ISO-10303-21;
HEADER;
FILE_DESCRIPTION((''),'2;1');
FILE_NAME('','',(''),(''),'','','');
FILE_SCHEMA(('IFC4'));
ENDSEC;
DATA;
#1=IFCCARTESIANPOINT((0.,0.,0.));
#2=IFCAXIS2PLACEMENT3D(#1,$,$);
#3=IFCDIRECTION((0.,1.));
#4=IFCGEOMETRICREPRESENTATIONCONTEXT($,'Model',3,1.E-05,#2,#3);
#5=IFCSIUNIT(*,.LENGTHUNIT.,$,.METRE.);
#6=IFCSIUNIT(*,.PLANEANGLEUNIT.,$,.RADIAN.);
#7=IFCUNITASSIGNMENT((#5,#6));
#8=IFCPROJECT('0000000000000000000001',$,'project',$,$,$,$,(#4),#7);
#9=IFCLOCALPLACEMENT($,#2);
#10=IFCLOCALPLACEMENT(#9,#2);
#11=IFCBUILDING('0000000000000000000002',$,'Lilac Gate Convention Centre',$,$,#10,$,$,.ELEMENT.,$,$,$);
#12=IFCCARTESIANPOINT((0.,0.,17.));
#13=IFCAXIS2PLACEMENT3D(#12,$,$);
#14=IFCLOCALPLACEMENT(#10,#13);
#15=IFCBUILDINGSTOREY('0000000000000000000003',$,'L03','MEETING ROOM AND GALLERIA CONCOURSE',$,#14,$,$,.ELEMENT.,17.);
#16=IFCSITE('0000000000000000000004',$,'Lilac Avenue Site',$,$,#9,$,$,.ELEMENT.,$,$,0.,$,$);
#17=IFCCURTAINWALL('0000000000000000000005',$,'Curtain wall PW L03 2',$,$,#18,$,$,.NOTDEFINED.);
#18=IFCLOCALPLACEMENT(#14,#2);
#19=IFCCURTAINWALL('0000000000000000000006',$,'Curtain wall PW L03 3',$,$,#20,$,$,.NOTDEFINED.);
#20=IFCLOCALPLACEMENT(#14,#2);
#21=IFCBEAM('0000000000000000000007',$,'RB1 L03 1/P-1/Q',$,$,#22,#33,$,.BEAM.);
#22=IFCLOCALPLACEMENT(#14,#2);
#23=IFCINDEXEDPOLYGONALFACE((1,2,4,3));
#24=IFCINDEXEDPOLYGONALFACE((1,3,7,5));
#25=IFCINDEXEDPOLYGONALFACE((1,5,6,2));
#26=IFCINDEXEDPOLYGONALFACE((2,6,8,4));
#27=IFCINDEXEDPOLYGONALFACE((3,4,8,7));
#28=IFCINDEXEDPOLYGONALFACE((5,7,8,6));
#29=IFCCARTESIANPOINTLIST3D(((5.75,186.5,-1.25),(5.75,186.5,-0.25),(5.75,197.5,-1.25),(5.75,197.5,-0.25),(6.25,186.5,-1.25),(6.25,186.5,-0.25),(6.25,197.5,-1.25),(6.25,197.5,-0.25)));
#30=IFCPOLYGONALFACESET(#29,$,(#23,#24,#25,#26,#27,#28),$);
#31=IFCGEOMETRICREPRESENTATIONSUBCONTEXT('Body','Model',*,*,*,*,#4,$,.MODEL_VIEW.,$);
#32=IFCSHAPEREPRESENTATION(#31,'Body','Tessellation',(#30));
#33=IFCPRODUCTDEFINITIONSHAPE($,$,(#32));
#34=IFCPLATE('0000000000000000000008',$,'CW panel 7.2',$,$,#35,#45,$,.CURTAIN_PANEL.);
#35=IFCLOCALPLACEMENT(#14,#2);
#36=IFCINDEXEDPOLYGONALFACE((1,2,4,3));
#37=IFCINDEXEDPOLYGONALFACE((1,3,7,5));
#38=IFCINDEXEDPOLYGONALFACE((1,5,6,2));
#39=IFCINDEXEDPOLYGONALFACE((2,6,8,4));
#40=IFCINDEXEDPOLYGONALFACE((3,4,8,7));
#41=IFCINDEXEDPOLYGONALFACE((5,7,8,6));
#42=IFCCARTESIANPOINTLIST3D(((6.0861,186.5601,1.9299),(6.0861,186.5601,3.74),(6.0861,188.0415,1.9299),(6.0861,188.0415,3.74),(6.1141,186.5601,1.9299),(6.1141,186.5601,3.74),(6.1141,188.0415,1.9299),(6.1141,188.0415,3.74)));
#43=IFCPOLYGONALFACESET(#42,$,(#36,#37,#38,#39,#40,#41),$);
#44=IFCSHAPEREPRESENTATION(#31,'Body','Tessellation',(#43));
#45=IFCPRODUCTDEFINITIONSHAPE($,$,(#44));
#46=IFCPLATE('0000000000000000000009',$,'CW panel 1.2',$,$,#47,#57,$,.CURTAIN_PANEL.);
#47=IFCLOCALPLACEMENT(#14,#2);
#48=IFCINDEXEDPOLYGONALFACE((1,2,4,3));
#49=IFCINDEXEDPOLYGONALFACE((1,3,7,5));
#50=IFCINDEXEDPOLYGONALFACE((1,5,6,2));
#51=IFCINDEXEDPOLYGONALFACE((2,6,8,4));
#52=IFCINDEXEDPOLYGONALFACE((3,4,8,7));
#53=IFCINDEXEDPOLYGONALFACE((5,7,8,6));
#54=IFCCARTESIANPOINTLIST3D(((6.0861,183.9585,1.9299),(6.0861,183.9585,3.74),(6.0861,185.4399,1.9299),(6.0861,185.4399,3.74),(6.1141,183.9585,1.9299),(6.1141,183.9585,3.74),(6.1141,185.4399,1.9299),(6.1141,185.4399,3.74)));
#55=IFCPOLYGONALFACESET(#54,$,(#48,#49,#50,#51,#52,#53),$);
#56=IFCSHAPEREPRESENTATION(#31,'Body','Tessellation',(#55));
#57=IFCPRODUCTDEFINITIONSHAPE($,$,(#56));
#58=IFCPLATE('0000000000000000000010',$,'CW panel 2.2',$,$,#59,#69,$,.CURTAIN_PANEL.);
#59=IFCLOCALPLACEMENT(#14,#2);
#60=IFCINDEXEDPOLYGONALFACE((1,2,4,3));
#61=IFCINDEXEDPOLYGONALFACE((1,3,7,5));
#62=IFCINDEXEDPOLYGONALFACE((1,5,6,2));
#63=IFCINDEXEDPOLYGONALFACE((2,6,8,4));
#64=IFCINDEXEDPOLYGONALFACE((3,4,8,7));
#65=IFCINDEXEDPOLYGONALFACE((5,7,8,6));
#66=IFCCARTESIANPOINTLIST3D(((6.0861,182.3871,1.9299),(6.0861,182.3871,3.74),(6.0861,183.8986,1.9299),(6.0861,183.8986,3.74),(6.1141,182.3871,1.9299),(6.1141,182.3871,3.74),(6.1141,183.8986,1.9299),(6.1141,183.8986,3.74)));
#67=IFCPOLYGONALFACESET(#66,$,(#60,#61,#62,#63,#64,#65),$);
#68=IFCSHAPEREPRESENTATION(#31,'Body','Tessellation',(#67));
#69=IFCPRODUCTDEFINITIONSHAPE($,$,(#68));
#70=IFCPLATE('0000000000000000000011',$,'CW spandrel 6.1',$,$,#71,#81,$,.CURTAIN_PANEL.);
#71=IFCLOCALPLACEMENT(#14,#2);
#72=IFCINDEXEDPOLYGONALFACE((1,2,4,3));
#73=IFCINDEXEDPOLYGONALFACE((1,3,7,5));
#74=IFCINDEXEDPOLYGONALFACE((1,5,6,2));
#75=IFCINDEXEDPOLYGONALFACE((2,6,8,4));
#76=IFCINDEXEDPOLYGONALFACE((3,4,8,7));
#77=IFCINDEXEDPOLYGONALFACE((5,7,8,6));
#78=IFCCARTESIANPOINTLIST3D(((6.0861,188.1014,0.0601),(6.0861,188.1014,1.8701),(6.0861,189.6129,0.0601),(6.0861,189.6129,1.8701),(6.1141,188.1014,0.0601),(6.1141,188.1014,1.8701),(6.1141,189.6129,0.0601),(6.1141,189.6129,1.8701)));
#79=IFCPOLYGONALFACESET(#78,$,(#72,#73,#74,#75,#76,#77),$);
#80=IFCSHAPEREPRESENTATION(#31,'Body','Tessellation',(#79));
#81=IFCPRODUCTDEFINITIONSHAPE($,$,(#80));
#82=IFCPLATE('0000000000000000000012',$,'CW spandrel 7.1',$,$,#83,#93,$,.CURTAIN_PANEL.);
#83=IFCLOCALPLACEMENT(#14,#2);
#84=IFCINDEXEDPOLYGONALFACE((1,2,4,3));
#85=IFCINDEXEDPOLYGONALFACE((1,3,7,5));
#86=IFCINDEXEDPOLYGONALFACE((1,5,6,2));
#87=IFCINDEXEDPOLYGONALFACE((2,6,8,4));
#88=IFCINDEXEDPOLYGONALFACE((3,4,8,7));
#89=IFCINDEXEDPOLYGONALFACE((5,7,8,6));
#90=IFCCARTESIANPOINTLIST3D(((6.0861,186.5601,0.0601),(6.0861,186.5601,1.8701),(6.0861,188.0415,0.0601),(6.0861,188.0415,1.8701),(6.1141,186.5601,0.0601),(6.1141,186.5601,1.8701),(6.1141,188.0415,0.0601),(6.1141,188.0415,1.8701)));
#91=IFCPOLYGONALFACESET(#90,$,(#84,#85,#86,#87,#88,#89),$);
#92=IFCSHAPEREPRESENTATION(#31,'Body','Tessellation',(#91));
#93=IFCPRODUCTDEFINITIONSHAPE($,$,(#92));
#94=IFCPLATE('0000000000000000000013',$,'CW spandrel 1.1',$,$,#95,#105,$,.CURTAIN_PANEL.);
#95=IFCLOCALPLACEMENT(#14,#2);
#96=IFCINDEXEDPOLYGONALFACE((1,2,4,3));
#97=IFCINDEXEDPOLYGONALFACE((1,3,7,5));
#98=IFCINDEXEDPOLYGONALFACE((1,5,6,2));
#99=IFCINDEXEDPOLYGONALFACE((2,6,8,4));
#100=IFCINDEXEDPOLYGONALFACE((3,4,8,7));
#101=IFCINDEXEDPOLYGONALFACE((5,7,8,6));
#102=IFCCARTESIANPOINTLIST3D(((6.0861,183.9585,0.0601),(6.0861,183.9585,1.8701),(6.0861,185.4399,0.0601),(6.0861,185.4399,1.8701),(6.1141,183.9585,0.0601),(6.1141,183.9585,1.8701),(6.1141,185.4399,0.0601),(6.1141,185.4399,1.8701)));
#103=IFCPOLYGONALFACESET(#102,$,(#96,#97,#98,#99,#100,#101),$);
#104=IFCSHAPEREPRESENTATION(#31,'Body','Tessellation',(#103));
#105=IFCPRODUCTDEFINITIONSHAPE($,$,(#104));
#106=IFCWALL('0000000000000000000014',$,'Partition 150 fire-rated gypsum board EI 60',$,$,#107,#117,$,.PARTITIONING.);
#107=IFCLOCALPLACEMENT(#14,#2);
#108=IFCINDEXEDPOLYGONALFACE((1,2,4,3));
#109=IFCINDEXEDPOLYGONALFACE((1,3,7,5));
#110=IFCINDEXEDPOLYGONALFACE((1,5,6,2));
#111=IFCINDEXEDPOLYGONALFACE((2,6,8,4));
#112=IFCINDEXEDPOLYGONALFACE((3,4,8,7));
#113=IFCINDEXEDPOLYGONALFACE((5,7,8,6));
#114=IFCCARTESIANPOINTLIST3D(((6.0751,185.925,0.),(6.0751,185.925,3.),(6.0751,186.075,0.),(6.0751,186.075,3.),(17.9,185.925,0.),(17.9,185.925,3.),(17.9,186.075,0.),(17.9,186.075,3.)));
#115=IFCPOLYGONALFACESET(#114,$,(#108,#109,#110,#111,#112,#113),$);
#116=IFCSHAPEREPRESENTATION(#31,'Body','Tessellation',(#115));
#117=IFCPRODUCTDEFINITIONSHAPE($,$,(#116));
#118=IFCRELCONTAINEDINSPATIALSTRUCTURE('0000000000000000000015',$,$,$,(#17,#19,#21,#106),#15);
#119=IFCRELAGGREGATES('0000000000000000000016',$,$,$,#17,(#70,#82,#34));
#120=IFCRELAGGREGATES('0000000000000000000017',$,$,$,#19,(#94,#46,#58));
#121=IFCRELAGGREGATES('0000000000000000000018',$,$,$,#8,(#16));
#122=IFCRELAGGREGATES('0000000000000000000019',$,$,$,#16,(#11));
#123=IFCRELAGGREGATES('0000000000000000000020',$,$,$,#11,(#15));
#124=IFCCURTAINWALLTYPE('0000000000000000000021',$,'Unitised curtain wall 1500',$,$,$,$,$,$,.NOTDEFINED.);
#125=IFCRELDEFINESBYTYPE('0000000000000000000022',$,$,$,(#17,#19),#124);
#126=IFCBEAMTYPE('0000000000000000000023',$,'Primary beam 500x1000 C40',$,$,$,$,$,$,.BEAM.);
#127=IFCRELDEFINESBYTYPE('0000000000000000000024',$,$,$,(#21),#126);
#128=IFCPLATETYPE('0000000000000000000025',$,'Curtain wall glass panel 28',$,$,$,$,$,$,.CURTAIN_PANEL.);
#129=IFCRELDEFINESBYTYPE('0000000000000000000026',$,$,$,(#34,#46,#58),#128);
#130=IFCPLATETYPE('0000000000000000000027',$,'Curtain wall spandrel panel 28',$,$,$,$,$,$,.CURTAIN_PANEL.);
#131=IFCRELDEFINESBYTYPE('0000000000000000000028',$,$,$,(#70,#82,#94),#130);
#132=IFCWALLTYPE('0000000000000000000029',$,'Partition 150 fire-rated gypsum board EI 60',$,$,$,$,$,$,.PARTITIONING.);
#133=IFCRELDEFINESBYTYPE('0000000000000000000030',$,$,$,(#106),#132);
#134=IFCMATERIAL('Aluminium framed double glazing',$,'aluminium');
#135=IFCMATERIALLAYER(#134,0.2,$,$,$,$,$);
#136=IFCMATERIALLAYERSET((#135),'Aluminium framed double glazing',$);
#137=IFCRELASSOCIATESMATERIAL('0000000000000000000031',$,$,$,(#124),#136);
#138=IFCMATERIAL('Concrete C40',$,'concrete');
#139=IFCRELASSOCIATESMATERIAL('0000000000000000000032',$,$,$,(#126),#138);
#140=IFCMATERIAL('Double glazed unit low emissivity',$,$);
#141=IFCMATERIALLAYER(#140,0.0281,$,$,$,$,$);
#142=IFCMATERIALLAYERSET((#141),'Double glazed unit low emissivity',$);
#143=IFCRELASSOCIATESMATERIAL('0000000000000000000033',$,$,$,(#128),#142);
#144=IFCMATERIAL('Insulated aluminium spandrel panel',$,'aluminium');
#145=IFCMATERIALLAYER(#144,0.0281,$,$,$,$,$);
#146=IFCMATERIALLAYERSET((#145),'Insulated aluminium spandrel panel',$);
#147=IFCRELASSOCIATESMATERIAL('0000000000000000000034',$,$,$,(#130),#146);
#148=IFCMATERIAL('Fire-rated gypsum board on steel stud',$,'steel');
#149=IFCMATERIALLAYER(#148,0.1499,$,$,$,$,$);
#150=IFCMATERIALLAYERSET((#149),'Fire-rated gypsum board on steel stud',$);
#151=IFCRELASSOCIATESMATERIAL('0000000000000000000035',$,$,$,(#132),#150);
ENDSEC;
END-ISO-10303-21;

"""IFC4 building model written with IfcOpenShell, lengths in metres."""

from ifc_helpers import new_model, si_unit, direction, frame, frame_2d, origin, origin_2d, place, context, subcontext, project, spatial, rectangle, extrude, material, layer, layer_set, material_profile, profile_set, type_object, element, aggregate, save


model = new_model("IFC4")

# Units and contexts
model_context = context("Model", 3, precision=1e-05, world=origin(), true_north=direction((0.0, 1.0)))
body_context = subcontext(model_context, "Body", "Model", "MODEL_VIEW")
ifc_project = project(units=[si_unit("LENGTHUNIT", "METRE"), si_unit("PLANEANGLEUNIT", "RADIAN")], contexts=[model_context])

# Site, building, storey
site_placement = place(None, origin())
site = spatial("IfcSite", under=ifc_project, at=site_placement, Name="Lilac Avenue Site", CompositionType="ELEMENT", RefElevation=0.0)
building_placement = place(site_placement, origin())
building = spatial("IfcBuilding", under=site, at=building_placement, Name="Lilac Gate Convention Centre", CompositionType="ELEMENT")
storey_placement = place(building_placement, frame((0.0, 0.0, 17.0)))
storey = spatial("IfcBuildingStorey", under=building, at=storey_placement, Name="L03", Description="MEETING ROOM AND GALLERIA CONCOURSE", CompositionType="ELEMENT", Elevation=17.0)

# Shared definitions
ifc_material_1 = material(Name="Concrete C40", Category="concrete")

# Curtain walls
ifc_material_2 = material(Name="Aluminium framed double glazing", Category="aluminium")
ifc_layer_1 = layer(ifc_material_2, 0.2)
ifc_layer_set_1 = layer_set([ifc_layer_1], Name="Aluminium framed double glazing")
curtain_wall_type = type_object("IfcCurtainWallType", Name="Unitised curtain wall 1500", PredefinedType="NOTDEFINED", material=ifc_layer_set_1)
curtain_wall_1_placement = place(storey_placement, origin())
curtain_wall_1 = element("IfcCurtainWall", 1, at=curtain_wall_1_placement, inside=storey, type_object=curtain_wall_type, Name="Curtain wall PW L03 2", PredefinedType="NOTDEFINED")
curtain_wall_2_placement = place(storey_placement, origin())
curtain_wall_2 = element("IfcCurtainWall", 2, at=curtain_wall_2_placement, inside=storey, type_object=curtain_wall_type, Name="Curtain wall PW L03 3", PredefinedType="NOTDEFINED")

# Beam
ifc_material_profile_1 = material_profile(ifc_material_1, rectangle(XDim=0.5, YDim=1.0, at=origin_2d()), Name="RC 500x1000")
ifc_profile_set_1 = profile_set([ifc_material_profile_1], Name="Concrete C40")
beam_type = type_object("IfcBeamType", Name="Primary beam 500x1000 C40", PredefinedType="BEAM", material=ifc_profile_set_1)
beam_placement = place(storey_placement, frame((6.0, 186.5, -0.75), z_axis=(0.0, 1.0, 0.0), x_axis=(-1.0, 0.0, 0.0)))
element("IfcBeam", 3, at=beam_placement, inside=storey, type_object=beam_type, Name="RB1 L03 1/P-1/Q", PredefinedType="BEAM", context=body_context, shape_type="SweptSolid", body=[
    extrude(rectangle(XDim=0.5, YDim=1.0, at=origin_2d()), origin(), (0.0, 0.0, 1.0), 11.0),
])

# Plates
ifc_material_3 = material(Name="Double glazed unit low emissivity")
ifc_layer_2 = layer(ifc_material_3, 0.0281)
ifc_layer_set_2 = layer_set([ifc_layer_2], Name="Double glazed unit low emissivity")
plate_type_1 = type_object("IfcPlateType", Name="Curtain wall glass panel 28", PredefinedType="CURTAIN_PANEL", material=ifc_layer_set_2)
plate_1_placement = place(storey_placement, frame((6.1001, 187.3008, 1.9299), z_axis=(0.0, 0.0, 1.0), x_axis=(0.0, -1.0, 0.0)))
plate_1 = element("IfcPlate", 4, at=plate_1_placement, type_object=plate_type_1, Name="CW panel 7.2", PredefinedType="CURTAIN_PANEL", context=body_context, shape_type="SweptSolid", body=[
    extrude(rectangle(XDim=1.4814, YDim=0.0281, at=origin_2d()), origin(), (0.0, 0.0, 1.0), 1.8101),
])
plate_2_placement = place(storey_placement, frame((6.1001, 184.6992, 1.9299), z_axis=(0.0, 0.0, 1.0), x_axis=(0.0, -1.0, 0.0)))
plate_2 = element("IfcPlate", 5, at=plate_2_placement, type_object=plate_type_1, Name="CW panel 1.2", PredefinedType="CURTAIN_PANEL", context=body_context, shape_type="SweptSolid", body=[
    extrude(rectangle(XDim=1.4814, YDim=0.0281, at=origin_2d()), origin(), (0.0, 0.0, 1.0), 1.8101),
])
plate_3_placement = place(storey_placement, frame((6.1001, 183.1428, 1.9299), z_axis=(0.0, 0.0, 1.0), x_axis=(0.0, -1.0, 0.0)))
plate_3 = element("IfcPlate", 6, at=plate_3_placement, type_object=plate_type_1, Name="CW panel 2.2", PredefinedType="CURTAIN_PANEL", context=body_context, shape_type="SweptSolid", body=[
    extrude(rectangle(XDim=1.5115, YDim=0.0281, at=origin_2d()), origin(), (0.0, 0.0, 1.0), 1.8101),
])
ifc_material_4 = material(Name="Insulated aluminium spandrel panel", Category="aluminium")
ifc_layer_3 = layer(ifc_material_4, 0.0281)
ifc_layer_set_3 = layer_set([ifc_layer_3], Name="Insulated aluminium spandrel panel")
plate_type_2 = type_object("IfcPlateType", Name="Curtain wall spandrel panel 28", PredefinedType="CURTAIN_PANEL", material=ifc_layer_set_3)
plate_4_placement = place(storey_placement, frame((6.1001, 188.8572, 0.0601), z_axis=(0.0, 0.0, 1.0), x_axis=(0.0, -1.0, 0.0)))
plate_4 = element("IfcPlate", 7, at=plate_4_placement, type_object=plate_type_2, Name="CW spandrel 6.1", PredefinedType="CURTAIN_PANEL", context=body_context, shape_type="SweptSolid", body=[
    extrude(rectangle(XDim=1.5115, YDim=0.0281, at=origin_2d()), origin(), (0.0, 0.0, 1.0), 1.8101),
])
plate_5_placement = place(storey_placement, frame((6.1001, 187.3008, 0.0601), z_axis=(0.0, 0.0, 1.0), x_axis=(0.0, -1.0, 0.0)))
plate_5 = element("IfcPlate", 8, at=plate_5_placement, type_object=plate_type_2, Name="CW spandrel 7.1", PredefinedType="CURTAIN_PANEL", context=body_context, shape_type="SweptSolid", body=[
    extrude(rectangle(XDim=1.4814, YDim=0.0281, at=origin_2d()), origin(), (0.0, 0.0, 1.0), 1.8101),
])
aggregate(curtain_wall_1, [plate_4, plate_5, plate_1])
plate_6_placement = place(storey_placement, frame((6.1001, 184.6992, 0.0601), z_axis=(0.0, 0.0, 1.0), x_axis=(0.0, -1.0, 0.0)))
plate_6 = element("IfcPlate", 9, at=plate_6_placement, type_object=plate_type_2, Name="CW spandrel 1.1", PredefinedType="CURTAIN_PANEL", context=body_context, shape_type="SweptSolid", body=[
    extrude(rectangle(XDim=1.4814, YDim=0.0281, at=origin_2d()), origin(), (0.0, 0.0, 1.0), 1.8101),
])
aggregate(curtain_wall_2, [plate_6, plate_2, plate_3])

# Wall
ifc_material_5 = material(Name="Fire-rated gypsum board on steel stud", Category="steel")
ifc_layer_4 = layer(ifc_material_5, 0.1499)
ifc_layer_set_4 = layer_set([ifc_layer_4], Name="Fire-rated gypsum board on steel stud")
wall_type = type_object("IfcWallType", Name="Partition 150 fire-rated gypsum board EI 60", PredefinedType="PARTITIONING", material=ifc_layer_set_4)
wall_placement = place(storey_placement, frame((6.075, 186.0, 0.0), z_axis=(0.0, 0.0, 1.0), x_axis=(1.0, 0.0, 0.0)))
element("IfcWall", 10, at=wall_placement, inside=storey, type_object=wall_type, Name="Partition 150 fire-rated gypsum board EI 60", PredefinedType="PARTITIONING", context=body_context, shape_type="SweptSolid", body=[
    extrude(rectangle(XDim=11.825, YDim=0.1499, at=frame_2d((5.9126, 0.0))), origin(), (0.0, 0.0, 1.0), 3.0),
])

save(model, "model.ifc")
